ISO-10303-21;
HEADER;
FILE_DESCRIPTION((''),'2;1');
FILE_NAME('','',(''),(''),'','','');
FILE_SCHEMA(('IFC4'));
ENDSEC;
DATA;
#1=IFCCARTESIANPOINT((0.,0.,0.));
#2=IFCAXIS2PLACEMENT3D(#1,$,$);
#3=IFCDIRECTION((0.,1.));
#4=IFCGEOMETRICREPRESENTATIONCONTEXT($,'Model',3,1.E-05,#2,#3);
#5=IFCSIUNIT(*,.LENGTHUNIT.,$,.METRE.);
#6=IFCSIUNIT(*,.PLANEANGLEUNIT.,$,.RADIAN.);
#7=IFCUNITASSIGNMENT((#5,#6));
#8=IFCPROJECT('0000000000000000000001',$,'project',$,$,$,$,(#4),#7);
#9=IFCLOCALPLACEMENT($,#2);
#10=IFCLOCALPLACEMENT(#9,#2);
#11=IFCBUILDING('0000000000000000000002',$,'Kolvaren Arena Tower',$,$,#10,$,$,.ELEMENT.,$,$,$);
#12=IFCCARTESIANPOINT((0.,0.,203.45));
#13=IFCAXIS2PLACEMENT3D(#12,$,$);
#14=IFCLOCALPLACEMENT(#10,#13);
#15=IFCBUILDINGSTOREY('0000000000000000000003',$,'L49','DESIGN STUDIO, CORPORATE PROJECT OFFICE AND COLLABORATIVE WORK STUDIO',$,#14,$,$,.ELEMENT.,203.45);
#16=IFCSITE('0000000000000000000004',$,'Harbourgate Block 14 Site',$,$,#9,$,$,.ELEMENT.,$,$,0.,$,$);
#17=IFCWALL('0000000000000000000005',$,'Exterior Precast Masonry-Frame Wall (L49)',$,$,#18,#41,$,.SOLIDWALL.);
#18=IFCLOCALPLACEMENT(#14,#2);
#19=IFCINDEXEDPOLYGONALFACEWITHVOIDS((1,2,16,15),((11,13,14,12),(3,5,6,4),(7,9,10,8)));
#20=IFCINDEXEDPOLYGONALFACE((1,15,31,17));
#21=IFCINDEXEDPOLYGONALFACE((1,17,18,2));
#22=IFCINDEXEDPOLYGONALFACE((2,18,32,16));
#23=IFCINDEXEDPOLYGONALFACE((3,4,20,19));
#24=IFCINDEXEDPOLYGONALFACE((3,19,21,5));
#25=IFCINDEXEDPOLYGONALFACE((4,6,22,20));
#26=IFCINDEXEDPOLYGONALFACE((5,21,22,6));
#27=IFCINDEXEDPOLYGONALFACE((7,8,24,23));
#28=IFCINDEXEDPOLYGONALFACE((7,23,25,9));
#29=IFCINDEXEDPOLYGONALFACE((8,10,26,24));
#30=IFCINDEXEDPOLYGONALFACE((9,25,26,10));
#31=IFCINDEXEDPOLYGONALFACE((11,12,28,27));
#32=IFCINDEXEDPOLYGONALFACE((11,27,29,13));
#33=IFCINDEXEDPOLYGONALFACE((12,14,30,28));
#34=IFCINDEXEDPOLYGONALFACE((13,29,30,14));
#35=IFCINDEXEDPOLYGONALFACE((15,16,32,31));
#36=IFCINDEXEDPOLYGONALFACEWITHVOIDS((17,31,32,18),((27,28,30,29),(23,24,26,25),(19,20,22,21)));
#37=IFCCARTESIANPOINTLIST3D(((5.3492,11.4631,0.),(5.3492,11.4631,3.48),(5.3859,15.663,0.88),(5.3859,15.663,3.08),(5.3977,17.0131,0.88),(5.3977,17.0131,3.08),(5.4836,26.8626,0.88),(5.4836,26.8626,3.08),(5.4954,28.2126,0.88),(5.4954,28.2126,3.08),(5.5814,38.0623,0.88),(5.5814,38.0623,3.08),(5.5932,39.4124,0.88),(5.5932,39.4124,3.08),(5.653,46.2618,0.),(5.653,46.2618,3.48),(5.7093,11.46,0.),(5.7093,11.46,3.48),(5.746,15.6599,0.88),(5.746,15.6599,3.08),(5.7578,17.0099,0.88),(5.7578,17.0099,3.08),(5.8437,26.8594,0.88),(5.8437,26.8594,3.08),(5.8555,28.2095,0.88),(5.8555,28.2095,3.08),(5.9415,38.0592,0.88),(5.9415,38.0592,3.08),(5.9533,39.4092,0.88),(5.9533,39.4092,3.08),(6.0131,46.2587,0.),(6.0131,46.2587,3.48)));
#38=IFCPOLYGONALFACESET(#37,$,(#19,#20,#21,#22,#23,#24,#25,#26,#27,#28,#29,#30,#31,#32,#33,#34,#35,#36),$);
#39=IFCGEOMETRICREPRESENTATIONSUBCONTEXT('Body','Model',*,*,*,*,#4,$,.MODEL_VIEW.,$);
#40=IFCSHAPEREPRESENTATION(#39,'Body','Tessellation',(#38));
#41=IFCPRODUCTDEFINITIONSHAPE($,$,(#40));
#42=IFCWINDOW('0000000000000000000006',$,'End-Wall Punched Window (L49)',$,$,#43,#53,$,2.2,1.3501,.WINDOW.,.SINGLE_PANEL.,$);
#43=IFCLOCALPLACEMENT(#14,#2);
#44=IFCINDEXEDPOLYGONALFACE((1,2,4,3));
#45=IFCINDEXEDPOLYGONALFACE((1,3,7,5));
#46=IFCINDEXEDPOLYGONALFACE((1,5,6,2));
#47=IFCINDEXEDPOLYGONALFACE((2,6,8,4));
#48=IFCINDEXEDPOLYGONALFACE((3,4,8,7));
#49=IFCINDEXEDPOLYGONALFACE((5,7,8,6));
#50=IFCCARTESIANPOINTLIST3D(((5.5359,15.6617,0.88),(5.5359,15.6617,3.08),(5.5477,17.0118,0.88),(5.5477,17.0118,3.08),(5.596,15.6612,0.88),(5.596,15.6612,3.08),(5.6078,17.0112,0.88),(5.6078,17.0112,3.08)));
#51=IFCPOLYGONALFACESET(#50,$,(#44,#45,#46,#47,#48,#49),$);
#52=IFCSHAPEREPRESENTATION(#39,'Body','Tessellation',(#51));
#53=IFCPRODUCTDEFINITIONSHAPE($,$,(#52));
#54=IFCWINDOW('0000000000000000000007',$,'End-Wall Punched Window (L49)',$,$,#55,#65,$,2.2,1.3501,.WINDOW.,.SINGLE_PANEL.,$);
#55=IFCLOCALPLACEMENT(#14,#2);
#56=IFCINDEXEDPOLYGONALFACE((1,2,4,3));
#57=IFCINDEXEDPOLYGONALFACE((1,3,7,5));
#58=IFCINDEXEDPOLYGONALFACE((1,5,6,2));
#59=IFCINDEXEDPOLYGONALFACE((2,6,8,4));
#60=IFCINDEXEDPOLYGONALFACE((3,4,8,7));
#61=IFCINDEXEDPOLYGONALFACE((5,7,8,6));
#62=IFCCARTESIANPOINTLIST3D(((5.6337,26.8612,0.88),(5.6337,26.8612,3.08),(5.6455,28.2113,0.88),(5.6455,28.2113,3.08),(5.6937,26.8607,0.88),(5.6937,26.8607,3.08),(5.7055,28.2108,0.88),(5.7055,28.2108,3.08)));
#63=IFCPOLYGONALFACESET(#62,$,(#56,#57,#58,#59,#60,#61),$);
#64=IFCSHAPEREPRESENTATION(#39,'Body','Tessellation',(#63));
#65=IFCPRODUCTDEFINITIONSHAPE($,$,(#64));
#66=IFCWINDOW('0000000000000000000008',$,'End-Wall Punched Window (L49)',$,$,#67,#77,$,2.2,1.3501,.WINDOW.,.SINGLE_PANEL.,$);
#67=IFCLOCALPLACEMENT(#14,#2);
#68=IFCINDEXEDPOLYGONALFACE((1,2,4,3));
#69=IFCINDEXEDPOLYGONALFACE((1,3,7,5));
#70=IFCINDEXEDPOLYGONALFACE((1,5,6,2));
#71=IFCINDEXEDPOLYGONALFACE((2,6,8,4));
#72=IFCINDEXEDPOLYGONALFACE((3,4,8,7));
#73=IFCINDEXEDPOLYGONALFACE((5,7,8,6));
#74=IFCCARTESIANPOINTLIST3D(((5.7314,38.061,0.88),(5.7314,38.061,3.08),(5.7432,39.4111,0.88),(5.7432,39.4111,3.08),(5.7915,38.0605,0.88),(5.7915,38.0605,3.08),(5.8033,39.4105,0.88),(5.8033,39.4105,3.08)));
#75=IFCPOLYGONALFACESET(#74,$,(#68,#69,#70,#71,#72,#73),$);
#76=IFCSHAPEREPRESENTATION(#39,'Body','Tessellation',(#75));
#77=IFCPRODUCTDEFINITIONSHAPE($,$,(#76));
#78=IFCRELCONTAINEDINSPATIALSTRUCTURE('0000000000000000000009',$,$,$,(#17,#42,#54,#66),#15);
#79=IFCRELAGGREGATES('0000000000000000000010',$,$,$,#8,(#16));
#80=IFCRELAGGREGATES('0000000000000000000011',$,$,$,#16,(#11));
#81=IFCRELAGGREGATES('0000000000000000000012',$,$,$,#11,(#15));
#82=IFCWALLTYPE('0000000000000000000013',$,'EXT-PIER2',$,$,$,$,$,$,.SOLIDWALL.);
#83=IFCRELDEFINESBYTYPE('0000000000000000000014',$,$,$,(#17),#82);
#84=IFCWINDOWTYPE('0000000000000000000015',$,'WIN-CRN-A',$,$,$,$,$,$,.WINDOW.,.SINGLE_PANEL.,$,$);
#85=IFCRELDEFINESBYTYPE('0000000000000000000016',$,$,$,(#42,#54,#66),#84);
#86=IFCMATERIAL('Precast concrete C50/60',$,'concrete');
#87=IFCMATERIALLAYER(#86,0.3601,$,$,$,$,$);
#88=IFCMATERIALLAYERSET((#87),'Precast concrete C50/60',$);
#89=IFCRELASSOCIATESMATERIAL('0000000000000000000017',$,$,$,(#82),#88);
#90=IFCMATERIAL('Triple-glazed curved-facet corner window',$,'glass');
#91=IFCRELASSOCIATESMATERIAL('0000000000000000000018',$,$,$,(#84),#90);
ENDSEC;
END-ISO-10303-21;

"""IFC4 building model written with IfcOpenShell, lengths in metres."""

from ifc_helpers import new_model, si_unit, direction, frame, frame_2d, origin, place, context, subcontext, project, spatial, rectangle, extrude, material, layer, layer_set, type_object, element, fill, save


model = new_model("IFC4")

# Units and contexts
model_context = context("Model", 3, precision=1e-05, world=origin(), true_north=direction((0.0, 1.0)))
body_context = subcontext(model_context, "Body", "Model", "MODEL_VIEW")
ifc_project = project(units=[si_unit("LENGTHUNIT", "METRE"), si_unit("PLANEANGLEUNIT", "RADIAN")], contexts=[model_context])

# Site, building, storey
site_placement = place(None, origin())
site = spatial("IfcSite", under=ifc_project, at=site_placement, Name="Harbourgate Block 14 Site", CompositionType="ELEMENT", RefElevation=0.0)
building_placement = place(site_placement, origin())
building = spatial("IfcBuilding", under=site, at=building_placement, Name="Kolvaren Arena Tower", CompositionType="ELEMENT")
storey_placement = place(building_placement, frame((0.0, 0.0, 203.45)))
storey = spatial("IfcBuildingStorey", under=building, at=storey_placement, Name="L49", Description="DESIGN STUDIO, CORPORATE PROJECT OFFICE AND COLLABORATIVE WORK STUDIO", CompositionType="ELEMENT", Elevation=203.45)

# Wall, openings, windows
ifc_material_1 = material(Name="Precast concrete C50/60", Category="concrete")
ifc_layer_1 = layer(ifc_material_1, 0.3601)
ifc_layer_set_1 = layer_set([ifc_layer_1], Name="Precast concrete C50/60")
wall_type_1 = type_object("IfcWallType", Name="EXT-PIER2", PredefinedType="SOLIDWALL", material=ifc_layer_set_1)
wall_1_placement = place(storey_placement, frame((5.5293, 11.4617, 0.0), z_axis=(0.0, 0.0, 1.0), x_axis=(0.008727, 0.999962, 0.0)))
wall_1 = element("IfcWall", 1, at=wall_1_placement, inside=storey, type_object=wall_type_1, Name="Exterior Precast Masonry-Frame Wall (L49)", PredefinedType="SOLIDWALL", context=body_context, shape_type="SweptSolid", body=[
    extrude(rectangle(XDim=34.8, YDim=0.3601, at=frame_2d((17.3999, 0.0))), origin(), (0.0, 0.0, 1.0), 3.48),
])
opening_1_placement = place(wall_1_placement, frame((4.2, 0.0, 0.8799)))
opening_1 = element("IfcOpeningElement", 2, at=opening_1_placement, cuts=wall_1, PredefinedType="OPENING", context=body_context, shape_type="SweptSolid", body=[
    extrude(rectangle(XDim=1.3501, YDim=2.2, at=frame_2d((0.675, 1.1001))), frame((0.0, 0.1899, 0.0), z_axis=(0.0, -1.0, 0.0), x_axis=(1.0, 0.0, 0.0)), (0.0, 0.0, 1.0), 0.3801),
])
opening_2_placement = place(wall_1_placement, frame((15.3999, 0.0, 0.8799)))
opening_2 = element("IfcOpeningElement", 3, at=opening_2_placement, cuts=wall_1, PredefinedType="OPENING", context=body_context, shape_type="SweptSolid", body=[
    extrude(rectangle(XDim=1.3501, YDim=2.2, at=frame_2d((0.675, 1.1001))), frame((0.0, 0.1899, 0.0), z_axis=(0.0, -1.0, 0.0), x_axis=(1.0, 0.0, 0.0)), (0.0, 0.0, 1.0), 0.3801),
])
opening_3_placement = place(wall_1_placement, frame((26.6001, 0.0, 0.8799)))
opening_3 = element("IfcOpeningElement", 4, at=opening_3_placement, cuts=wall_1, PredefinedType="OPENING", context=body_context, shape_type="SweptSolid", body=[
    extrude(rectangle(XDim=1.3501, YDim=2.2, at=frame_2d((0.675, 1.1001))), frame((0.0, 0.1899, 0.0), z_axis=(0.0, -1.0, 0.0), x_axis=(1.0, 0.0, 0.0)), (0.0, 0.0, 1.0), 0.3801),
])
ifc_material_2 = material(Name="Triple-glazed curved-facet corner window", Category="glass")
window_type = type_object("IfcWindowType", Name="WIN-CRN-A", PartitioningType="SINGLE_PANEL", PredefinedType="WINDOW", material=ifc_material_2)
window_1_placement = place(opening_1_placement, origin())
window_1 = element("IfcWindow", 5, at=window_1_placement, inside=storey, type_object=window_type, Name="End-Wall Punched Window (L49)", OverallHeight=2.2, OverallWidth=1.3501, PartitioningType="SINGLE_PANEL", PredefinedType="WINDOW", context=body_context, shape_type="SweptSolid", body=[
    extrude(rectangle(XDim=1.3501, YDim=2.2, at=frame_2d((0.675, 1.1001))), frame((0.0, 0.03, 0.0), z_axis=(0.0, -1.0, 0.0), x_axis=(1.0, 0.0, 0.0)), (0.0, 0.0, 1.0), 0.0601),
])
fill(opening_1, window_1)
window_2_placement = place(opening_2_placement, origin())
window_2 = element("IfcWindow", 6, at=window_2_placement, inside=storey, type_object=window_type, Name="End-Wall Punched Window (L49)", OverallHeight=2.2, OverallWidth=1.3501, PartitioningType="SINGLE_PANEL", PredefinedType="WINDOW", context=body_context, shape_type="SweptSolid", body=[
    extrude(rectangle(XDim=1.3501, YDim=2.2, at=frame_2d((0.675, 1.1001))), frame((0.0, 0.03, 0.0), z_axis=(0.0, -1.0, 0.0), x_axis=(1.0, 0.0, 0.0)), (0.0, 0.0, 1.0), 0.0601),
])
fill(opening_2, window_2)
window_3_placement = place(opening_3_placement, origin())
window_3 = element("IfcWindow", 7, at=window_3_placement, inside=storey, type_object=window_type, Name="End-Wall Punched Window (L49)", OverallHeight=2.2, OverallWidth=1.3501, PartitioningType="SINGLE_PANEL", PredefinedType="WINDOW", context=body_context, shape_type="SweptSolid", body=[
    extrude(rectangle(XDim=1.3501, YDim=2.2, at=frame_2d((0.675, 1.1001))), frame((0.0, 0.03, 0.0), z_axis=(0.0, -1.0, 0.0), x_axis=(1.0, 0.0, 0.0)), (0.0, 0.0, 1.0), 0.0601),
])
fill(opening_3, window_3)

save(model, "model.ifc")
